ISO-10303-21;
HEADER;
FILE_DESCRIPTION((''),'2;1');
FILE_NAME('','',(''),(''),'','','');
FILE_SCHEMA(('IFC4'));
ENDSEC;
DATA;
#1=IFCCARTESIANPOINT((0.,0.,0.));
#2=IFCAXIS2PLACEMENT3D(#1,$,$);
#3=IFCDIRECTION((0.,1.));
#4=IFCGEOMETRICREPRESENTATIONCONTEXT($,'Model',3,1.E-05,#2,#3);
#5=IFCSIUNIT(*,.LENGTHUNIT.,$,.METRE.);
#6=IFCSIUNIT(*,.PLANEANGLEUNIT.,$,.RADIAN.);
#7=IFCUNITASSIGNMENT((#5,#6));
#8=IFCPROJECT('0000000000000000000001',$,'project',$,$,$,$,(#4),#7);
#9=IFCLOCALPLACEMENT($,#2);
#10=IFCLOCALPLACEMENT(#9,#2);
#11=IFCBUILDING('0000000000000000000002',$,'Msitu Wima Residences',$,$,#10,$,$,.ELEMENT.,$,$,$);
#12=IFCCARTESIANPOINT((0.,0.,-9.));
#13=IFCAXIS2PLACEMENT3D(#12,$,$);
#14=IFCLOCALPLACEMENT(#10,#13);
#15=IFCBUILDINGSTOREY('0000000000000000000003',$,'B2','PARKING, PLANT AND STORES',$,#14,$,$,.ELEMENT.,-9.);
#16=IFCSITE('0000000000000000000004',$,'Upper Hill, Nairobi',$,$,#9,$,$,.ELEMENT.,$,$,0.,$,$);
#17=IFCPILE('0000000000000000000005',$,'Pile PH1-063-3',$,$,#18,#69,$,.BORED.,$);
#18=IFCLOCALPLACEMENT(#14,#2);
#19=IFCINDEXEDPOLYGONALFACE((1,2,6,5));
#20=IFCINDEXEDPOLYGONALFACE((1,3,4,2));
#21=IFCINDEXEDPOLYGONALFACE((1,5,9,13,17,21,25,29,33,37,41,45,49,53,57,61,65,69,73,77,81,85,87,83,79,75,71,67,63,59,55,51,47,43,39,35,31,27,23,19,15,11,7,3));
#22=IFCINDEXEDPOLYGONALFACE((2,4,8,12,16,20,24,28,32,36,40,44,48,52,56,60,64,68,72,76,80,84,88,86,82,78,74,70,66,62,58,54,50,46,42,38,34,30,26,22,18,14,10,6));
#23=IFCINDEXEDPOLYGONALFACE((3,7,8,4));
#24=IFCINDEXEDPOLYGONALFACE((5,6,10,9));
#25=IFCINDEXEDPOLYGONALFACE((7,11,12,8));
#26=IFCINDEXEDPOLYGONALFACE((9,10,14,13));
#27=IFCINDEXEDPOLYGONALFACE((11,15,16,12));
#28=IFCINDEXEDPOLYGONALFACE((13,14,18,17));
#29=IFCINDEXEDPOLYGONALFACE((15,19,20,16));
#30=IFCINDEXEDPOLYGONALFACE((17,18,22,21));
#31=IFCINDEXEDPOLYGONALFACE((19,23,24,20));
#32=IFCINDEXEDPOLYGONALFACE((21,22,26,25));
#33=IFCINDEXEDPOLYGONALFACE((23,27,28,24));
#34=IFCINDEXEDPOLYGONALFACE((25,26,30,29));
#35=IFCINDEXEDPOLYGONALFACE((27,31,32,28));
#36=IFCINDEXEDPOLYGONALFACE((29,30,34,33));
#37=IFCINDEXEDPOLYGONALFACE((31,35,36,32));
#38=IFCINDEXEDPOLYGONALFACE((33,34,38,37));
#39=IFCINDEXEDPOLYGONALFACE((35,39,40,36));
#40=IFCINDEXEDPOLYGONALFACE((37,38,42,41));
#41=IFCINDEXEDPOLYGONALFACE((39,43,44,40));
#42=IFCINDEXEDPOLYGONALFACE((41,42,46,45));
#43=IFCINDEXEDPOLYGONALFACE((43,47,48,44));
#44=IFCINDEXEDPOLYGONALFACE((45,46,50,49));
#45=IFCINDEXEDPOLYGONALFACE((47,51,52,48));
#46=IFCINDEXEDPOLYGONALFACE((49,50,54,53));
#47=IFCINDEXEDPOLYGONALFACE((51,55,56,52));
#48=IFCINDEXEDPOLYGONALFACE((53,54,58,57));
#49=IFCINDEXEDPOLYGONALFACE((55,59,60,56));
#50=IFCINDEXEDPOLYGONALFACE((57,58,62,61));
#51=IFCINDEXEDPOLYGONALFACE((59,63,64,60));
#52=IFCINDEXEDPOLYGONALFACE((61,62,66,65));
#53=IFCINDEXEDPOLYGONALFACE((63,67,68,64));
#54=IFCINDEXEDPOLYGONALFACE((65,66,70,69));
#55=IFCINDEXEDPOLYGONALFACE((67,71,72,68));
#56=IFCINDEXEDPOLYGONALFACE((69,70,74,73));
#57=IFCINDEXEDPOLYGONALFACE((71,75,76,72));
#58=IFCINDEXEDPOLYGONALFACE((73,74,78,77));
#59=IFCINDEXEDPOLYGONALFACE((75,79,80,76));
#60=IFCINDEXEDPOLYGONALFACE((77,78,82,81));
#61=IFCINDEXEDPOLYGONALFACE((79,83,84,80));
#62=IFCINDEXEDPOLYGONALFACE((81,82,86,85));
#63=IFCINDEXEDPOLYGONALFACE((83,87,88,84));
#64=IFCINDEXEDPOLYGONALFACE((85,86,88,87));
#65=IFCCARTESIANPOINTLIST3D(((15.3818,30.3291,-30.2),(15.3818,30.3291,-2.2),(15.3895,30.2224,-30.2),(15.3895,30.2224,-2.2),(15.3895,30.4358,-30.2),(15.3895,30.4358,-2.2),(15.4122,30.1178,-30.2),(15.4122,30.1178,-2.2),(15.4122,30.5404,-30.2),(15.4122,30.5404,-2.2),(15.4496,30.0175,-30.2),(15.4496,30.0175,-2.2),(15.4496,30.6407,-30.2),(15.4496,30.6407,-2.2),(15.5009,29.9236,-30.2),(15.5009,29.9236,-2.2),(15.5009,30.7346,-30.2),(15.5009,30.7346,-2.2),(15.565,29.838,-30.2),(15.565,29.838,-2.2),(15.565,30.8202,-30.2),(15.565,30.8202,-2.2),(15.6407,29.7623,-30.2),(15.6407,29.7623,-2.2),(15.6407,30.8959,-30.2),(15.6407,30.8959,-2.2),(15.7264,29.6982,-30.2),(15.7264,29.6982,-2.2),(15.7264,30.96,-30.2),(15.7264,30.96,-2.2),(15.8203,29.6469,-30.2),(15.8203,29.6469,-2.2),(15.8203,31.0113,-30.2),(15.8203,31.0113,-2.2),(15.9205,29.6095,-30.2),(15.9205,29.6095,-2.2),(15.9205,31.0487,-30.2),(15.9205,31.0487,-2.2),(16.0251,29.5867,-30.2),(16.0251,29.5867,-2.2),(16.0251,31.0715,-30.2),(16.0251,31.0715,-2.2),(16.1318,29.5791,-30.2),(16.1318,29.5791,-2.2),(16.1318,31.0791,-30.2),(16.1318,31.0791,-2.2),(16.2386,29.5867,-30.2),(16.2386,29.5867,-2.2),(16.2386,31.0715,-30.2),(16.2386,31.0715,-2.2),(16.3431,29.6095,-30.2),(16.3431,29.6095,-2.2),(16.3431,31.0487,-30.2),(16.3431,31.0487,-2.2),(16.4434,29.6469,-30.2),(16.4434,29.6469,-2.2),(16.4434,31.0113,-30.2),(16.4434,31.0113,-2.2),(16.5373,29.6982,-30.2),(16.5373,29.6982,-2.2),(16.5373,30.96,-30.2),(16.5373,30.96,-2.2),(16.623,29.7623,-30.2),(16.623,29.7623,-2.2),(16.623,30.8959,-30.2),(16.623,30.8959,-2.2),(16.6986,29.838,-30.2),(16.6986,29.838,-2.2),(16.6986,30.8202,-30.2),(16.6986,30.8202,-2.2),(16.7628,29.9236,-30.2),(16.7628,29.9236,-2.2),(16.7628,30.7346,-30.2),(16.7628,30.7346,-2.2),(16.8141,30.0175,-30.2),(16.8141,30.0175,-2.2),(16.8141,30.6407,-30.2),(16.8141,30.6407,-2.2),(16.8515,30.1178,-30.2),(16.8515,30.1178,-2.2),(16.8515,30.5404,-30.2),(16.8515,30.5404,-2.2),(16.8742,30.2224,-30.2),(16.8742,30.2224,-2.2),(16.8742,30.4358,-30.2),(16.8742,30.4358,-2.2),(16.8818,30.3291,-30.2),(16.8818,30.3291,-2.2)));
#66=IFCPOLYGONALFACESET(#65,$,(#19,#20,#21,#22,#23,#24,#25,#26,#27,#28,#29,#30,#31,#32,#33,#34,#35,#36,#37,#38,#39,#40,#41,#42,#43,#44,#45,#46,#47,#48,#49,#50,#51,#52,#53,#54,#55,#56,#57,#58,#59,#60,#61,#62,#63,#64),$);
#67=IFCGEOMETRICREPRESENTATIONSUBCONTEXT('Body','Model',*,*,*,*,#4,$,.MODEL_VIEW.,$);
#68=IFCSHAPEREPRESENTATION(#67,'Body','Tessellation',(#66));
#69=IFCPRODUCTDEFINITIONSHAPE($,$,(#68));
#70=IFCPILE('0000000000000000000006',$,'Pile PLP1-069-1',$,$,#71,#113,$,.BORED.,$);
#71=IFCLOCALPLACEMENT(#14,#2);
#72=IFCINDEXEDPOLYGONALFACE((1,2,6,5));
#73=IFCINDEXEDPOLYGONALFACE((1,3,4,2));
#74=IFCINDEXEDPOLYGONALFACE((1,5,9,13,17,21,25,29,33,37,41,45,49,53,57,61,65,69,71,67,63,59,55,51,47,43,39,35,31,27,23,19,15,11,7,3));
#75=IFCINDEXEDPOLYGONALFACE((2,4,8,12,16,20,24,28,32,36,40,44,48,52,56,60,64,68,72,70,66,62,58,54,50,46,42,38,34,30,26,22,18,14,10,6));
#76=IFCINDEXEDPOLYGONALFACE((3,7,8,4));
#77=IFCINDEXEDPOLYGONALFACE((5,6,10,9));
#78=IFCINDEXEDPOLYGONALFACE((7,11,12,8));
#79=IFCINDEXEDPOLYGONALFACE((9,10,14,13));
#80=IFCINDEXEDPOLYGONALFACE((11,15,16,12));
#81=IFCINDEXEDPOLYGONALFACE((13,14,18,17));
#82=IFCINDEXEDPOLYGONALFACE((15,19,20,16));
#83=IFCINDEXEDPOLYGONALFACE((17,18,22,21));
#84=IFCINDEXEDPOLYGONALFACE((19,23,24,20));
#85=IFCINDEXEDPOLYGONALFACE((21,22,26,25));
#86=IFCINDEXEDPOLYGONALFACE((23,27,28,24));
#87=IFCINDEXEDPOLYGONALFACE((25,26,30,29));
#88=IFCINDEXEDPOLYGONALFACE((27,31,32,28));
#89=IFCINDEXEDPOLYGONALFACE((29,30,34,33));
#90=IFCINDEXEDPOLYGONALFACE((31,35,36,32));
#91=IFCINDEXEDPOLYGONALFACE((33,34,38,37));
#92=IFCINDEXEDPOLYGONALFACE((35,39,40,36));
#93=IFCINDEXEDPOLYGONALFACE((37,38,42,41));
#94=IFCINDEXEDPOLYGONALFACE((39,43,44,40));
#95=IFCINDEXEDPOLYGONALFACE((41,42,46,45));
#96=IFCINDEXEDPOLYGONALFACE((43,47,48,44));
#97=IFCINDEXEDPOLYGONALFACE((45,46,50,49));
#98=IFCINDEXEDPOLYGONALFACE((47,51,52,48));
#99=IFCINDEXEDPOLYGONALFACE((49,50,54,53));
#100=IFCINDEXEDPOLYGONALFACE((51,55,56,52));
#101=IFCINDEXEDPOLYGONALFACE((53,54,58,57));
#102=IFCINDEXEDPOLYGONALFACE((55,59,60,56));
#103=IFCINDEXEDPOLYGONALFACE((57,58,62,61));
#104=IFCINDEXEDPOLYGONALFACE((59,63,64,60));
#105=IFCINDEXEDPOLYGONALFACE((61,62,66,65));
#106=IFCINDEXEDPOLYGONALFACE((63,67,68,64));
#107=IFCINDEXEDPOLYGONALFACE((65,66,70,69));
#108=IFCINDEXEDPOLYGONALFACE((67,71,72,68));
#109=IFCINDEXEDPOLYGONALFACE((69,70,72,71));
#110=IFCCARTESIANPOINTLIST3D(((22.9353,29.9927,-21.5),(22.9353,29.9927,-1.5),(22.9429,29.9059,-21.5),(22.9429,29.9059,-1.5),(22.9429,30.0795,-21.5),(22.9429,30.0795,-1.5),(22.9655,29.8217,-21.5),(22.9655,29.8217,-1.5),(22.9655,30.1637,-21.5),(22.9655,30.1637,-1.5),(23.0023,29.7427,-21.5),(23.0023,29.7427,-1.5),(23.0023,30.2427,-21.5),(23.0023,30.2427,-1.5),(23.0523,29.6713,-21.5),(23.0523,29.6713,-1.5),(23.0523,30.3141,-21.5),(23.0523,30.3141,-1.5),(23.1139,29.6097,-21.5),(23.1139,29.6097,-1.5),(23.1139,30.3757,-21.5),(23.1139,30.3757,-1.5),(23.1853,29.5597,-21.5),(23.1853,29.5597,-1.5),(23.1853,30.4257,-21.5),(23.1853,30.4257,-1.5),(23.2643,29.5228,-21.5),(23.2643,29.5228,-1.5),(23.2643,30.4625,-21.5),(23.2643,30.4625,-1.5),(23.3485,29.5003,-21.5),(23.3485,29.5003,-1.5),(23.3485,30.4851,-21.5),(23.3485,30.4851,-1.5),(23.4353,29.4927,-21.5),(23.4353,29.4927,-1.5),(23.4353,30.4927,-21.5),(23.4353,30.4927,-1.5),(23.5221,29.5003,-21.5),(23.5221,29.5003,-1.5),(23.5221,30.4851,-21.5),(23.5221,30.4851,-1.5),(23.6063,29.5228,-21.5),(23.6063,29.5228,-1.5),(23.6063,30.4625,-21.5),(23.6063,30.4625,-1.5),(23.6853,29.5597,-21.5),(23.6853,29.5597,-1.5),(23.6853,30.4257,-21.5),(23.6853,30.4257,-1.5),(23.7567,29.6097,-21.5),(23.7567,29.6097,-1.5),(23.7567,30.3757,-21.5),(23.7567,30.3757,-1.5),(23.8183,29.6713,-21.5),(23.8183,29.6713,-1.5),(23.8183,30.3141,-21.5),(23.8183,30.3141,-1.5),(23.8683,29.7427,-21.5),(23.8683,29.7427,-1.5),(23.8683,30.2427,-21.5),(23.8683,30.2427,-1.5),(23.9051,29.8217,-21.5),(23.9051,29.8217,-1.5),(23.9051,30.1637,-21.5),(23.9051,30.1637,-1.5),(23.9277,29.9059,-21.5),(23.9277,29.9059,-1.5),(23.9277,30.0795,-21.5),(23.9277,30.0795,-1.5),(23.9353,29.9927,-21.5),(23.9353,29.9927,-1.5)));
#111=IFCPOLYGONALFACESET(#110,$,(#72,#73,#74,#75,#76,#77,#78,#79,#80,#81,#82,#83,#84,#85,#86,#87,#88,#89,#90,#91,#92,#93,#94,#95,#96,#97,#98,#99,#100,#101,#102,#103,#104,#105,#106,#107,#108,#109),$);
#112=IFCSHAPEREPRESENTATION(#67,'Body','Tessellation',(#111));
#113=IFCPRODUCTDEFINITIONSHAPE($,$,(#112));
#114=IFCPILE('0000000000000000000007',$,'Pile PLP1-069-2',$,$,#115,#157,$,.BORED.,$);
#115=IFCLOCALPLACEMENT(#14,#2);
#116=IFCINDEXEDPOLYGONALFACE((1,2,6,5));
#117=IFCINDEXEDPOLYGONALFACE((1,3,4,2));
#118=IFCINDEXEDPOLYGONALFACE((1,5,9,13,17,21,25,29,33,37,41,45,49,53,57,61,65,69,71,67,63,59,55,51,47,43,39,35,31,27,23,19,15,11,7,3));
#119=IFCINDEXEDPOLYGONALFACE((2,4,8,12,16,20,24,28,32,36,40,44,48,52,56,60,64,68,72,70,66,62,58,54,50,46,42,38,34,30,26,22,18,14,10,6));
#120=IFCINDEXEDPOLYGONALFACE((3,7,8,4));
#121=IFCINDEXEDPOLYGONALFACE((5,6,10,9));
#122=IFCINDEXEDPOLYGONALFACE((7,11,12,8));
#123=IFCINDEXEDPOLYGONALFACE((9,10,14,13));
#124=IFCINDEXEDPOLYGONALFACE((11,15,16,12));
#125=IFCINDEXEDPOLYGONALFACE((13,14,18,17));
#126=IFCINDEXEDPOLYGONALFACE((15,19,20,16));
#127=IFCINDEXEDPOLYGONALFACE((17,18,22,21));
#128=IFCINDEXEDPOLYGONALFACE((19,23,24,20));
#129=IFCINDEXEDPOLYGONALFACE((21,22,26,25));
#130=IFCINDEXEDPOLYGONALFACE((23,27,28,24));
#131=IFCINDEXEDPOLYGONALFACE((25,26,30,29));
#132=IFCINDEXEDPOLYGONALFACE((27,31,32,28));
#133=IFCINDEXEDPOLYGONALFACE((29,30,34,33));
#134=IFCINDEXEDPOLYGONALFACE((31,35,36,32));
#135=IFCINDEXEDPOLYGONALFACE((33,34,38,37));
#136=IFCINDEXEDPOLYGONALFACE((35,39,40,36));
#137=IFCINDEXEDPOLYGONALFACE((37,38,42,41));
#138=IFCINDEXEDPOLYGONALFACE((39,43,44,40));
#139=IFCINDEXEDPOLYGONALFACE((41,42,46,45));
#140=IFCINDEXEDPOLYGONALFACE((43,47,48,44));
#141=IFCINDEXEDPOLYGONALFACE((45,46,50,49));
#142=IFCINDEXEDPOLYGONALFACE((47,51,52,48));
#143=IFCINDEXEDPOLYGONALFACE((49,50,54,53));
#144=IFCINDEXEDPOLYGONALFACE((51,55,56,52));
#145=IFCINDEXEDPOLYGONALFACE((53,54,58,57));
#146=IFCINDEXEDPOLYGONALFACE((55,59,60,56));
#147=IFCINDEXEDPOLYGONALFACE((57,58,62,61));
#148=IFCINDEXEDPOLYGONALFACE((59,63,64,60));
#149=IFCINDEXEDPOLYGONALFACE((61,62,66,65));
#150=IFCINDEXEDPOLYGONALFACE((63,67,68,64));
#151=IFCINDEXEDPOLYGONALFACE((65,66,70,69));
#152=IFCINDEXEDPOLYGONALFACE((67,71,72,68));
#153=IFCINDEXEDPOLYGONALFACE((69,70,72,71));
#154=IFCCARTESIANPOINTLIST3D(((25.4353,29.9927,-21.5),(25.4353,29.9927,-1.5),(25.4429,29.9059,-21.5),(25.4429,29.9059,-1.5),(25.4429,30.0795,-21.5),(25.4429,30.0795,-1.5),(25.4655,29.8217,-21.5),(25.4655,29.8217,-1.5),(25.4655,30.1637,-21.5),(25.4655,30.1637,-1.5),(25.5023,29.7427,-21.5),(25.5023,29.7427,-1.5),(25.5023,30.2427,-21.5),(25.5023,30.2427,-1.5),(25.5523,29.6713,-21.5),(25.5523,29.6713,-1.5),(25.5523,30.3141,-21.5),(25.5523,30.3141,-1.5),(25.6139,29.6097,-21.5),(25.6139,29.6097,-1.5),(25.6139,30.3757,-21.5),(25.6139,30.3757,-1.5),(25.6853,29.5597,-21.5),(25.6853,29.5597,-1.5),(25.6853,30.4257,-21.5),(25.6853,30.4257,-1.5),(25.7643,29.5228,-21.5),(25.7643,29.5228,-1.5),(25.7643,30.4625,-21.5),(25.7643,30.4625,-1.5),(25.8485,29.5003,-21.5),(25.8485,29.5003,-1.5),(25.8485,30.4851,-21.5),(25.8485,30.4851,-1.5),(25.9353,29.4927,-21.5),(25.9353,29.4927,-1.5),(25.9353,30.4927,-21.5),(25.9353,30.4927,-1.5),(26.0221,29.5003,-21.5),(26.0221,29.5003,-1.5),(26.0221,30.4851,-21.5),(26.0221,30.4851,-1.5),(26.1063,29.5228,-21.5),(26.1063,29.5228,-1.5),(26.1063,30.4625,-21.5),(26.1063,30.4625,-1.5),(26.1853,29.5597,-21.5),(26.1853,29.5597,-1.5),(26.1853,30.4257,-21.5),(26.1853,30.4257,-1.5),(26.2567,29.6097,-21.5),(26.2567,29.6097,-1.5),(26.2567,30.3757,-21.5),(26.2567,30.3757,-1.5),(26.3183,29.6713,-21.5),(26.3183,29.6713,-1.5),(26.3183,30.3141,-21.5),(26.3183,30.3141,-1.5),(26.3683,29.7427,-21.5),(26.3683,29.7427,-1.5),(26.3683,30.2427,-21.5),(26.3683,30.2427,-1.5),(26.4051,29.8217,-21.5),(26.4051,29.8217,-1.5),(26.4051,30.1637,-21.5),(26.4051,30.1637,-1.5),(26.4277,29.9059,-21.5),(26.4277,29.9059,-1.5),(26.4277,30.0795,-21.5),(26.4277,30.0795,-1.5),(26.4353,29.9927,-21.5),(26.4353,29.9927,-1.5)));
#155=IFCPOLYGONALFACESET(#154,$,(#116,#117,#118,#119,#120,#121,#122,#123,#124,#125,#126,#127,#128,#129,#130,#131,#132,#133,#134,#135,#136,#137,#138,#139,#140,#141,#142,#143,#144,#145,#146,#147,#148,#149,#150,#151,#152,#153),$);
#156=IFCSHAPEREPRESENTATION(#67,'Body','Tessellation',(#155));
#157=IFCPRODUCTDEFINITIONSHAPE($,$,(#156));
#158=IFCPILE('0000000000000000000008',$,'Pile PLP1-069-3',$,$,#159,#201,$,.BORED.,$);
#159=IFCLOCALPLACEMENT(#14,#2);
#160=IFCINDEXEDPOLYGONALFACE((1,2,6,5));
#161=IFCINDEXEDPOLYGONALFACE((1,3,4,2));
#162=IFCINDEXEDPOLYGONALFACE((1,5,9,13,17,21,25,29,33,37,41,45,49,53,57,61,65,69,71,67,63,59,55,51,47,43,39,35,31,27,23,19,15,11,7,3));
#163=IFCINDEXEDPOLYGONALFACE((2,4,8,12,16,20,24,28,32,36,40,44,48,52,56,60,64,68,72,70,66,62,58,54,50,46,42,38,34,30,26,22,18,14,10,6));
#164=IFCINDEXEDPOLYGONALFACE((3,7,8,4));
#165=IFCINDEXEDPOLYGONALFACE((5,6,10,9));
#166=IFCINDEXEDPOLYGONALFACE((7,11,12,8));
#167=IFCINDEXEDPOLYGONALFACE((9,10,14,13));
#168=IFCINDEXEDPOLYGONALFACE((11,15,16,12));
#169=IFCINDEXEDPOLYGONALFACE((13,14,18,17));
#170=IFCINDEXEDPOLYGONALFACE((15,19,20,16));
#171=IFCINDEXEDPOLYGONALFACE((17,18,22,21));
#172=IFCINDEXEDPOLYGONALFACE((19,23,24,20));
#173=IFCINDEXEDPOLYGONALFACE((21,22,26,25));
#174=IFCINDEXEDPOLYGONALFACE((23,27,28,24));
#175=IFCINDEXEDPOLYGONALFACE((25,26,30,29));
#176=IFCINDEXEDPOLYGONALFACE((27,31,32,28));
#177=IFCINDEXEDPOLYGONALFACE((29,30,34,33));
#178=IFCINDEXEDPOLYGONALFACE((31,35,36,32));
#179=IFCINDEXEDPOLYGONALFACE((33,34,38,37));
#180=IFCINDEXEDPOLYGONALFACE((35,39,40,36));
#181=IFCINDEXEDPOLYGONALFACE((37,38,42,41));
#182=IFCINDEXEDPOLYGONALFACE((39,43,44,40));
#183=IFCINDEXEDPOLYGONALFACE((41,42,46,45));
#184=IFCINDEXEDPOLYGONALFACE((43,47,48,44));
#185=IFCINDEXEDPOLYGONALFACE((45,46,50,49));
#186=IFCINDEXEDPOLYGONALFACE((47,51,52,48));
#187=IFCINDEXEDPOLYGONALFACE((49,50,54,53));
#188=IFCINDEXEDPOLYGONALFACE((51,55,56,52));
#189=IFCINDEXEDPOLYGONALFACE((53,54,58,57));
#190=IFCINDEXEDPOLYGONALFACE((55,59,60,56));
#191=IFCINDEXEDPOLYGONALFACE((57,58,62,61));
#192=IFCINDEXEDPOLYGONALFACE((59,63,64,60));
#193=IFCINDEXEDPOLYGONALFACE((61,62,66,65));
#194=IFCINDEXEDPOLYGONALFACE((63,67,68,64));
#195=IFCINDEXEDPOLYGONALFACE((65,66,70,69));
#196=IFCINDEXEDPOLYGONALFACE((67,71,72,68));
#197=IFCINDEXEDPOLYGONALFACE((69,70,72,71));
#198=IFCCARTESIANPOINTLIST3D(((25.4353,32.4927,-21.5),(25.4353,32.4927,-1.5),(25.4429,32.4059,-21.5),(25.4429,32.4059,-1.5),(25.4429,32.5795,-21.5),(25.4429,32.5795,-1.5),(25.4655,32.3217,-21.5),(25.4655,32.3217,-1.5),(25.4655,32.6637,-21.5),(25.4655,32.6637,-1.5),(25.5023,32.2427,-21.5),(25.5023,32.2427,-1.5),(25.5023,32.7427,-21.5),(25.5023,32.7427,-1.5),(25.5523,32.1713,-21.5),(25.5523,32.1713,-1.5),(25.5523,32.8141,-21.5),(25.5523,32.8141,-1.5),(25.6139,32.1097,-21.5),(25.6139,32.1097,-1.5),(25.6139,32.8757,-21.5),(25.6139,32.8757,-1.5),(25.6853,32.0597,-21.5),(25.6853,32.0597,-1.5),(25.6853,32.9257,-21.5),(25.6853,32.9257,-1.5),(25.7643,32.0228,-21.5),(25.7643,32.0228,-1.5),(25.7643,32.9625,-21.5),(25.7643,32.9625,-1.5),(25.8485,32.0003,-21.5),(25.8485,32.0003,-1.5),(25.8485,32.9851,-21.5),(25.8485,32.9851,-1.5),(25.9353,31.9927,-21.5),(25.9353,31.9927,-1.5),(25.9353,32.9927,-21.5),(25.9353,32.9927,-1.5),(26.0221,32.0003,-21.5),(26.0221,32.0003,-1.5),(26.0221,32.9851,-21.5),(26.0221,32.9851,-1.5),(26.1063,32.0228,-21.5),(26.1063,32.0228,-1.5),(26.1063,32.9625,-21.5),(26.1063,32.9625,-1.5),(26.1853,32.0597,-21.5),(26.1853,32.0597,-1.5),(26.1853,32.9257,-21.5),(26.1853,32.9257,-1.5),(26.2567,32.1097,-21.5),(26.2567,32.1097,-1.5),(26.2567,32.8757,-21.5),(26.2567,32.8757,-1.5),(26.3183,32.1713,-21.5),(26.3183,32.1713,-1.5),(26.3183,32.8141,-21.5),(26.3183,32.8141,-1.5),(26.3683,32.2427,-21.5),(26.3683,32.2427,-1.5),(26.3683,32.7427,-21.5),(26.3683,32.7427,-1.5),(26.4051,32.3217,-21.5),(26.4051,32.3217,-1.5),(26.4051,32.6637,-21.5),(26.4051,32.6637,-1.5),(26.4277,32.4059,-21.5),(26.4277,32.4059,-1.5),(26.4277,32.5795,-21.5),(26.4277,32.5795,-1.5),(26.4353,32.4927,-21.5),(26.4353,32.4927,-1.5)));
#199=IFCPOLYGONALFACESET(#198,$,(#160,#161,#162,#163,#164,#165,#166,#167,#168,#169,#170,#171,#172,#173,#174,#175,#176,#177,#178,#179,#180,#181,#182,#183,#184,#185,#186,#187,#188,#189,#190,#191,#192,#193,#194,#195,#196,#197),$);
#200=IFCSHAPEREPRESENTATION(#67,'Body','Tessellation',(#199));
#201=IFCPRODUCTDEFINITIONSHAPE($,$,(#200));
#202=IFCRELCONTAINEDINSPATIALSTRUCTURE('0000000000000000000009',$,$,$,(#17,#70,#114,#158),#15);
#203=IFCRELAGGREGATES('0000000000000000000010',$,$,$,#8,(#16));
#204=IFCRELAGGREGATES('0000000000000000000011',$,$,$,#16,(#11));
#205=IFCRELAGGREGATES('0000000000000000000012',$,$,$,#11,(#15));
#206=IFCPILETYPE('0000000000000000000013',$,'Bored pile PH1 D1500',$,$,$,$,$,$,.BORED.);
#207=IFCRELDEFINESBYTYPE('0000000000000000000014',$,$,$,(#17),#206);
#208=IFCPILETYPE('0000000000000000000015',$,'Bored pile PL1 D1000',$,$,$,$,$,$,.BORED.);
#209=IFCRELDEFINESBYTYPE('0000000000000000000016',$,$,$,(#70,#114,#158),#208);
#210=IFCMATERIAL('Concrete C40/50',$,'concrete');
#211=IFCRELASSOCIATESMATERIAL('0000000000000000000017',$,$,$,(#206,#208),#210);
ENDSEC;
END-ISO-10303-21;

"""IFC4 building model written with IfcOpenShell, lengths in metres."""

from ifc_helpers import new_model, si_unit, direction, frame, origin, origin_2d, place, context, subcontext, project, spatial, circle, extrude, material, type_object, element, save


model = new_model("IFC4")

# Units and contexts
model_context = context("Model", 3, precision=1e-05, world=origin(), true_north=direction((0.0, 1.0)))
body_context = subcontext(model_context, "Body", "Model", "MODEL_VIEW")
ifc_project = project(units=[si_unit("LENGTHUNIT", "METRE"), si_unit("PLANEANGLEUNIT", "RADIAN")], contexts=[model_context])

# Site, building, storey
site_placement = place(None, origin())
site = spatial("IfcSite", under=ifc_project, at=site_placement, Name="Upper Hill, Nairobi", CompositionType="ELEMENT", RefElevation=0.0)
building_placement = place(site_placement, origin())
building = spatial("IfcBuilding", under=site, at=building_placement, Name="Msitu Wima Residences", CompositionType="ELEMENT")
storey_placement = place(building_placement, frame((0.0, 0.0, -9.0)))
storey = spatial("IfcBuildingStorey", under=building, at=storey_placement, Name="B2", Description="PARKING, PLANT AND STORES", CompositionType="ELEMENT", Elevation=-9.0)

# Piles
ifc_material_1 = material(Name="Concrete C40/50", Category="concrete")
pile_type_1 = type_object("IfcPileType", Name="Bored pile PH1 D1500", PredefinedType="BORED", material=ifc_material_1)
for number, where, z_axis, x_axis, name in (
    (1, (16.1318, 30.3291, -2.2), (0.0, 0.0, -1.0), (1.0, 0.0, 0.0), "Pile PH1-063-3"),
):
    element("IfcPile", number, at=place(storey_placement, frame(where, z_axis=z_axis, x_axis=x_axis)), inside=storey, type_object=pile_type_1, Name=name, PredefinedType="BORED", context=body_context, shape_type="SweptSolid", body=[
        extrude(circle(Radius=0.75, at=origin_2d()), origin(), (0.0, 0.0, 1.0), 28.0),
    ])
pile_type_2 = type_object("IfcPileType", Name="Bored pile PL1 D1000", PredefinedType="BORED", material=ifc_material_1)
for number, where, z_axis, x_axis, name in (
    (2, (23.4353, 29.9927, -1.5), (0.0, 0.0, -1.0), (1.0, 0.0, 0.0), "Pile PLP1-069-1"),
    (3, (25.9353, 29.9927, -1.5), (0.0, 0.0, -1.0), (1.0, 0.0, 0.0), "Pile PLP1-069-2"),
    (4, (25.9353, 32.4927, -1.5), (0.0, 0.0, -1.0), (1.0, 0.0, 0.0), "Pile PLP1-069-3"),
):
    element("IfcPile", number, at=place(storey_placement, frame(where, z_axis=z_axis, x_axis=x_axis)), inside=storey, type_object=pile_type_2, Name=name, PredefinedType="BORED", context=body_context, shape_type="SweptSolid", body=[
        extrude(circle(Radius=0.5, at=origin_2d()), origin(), (0.0, 0.0, 1.0), 20.0),
    ])

save(model, "model.ifc")
